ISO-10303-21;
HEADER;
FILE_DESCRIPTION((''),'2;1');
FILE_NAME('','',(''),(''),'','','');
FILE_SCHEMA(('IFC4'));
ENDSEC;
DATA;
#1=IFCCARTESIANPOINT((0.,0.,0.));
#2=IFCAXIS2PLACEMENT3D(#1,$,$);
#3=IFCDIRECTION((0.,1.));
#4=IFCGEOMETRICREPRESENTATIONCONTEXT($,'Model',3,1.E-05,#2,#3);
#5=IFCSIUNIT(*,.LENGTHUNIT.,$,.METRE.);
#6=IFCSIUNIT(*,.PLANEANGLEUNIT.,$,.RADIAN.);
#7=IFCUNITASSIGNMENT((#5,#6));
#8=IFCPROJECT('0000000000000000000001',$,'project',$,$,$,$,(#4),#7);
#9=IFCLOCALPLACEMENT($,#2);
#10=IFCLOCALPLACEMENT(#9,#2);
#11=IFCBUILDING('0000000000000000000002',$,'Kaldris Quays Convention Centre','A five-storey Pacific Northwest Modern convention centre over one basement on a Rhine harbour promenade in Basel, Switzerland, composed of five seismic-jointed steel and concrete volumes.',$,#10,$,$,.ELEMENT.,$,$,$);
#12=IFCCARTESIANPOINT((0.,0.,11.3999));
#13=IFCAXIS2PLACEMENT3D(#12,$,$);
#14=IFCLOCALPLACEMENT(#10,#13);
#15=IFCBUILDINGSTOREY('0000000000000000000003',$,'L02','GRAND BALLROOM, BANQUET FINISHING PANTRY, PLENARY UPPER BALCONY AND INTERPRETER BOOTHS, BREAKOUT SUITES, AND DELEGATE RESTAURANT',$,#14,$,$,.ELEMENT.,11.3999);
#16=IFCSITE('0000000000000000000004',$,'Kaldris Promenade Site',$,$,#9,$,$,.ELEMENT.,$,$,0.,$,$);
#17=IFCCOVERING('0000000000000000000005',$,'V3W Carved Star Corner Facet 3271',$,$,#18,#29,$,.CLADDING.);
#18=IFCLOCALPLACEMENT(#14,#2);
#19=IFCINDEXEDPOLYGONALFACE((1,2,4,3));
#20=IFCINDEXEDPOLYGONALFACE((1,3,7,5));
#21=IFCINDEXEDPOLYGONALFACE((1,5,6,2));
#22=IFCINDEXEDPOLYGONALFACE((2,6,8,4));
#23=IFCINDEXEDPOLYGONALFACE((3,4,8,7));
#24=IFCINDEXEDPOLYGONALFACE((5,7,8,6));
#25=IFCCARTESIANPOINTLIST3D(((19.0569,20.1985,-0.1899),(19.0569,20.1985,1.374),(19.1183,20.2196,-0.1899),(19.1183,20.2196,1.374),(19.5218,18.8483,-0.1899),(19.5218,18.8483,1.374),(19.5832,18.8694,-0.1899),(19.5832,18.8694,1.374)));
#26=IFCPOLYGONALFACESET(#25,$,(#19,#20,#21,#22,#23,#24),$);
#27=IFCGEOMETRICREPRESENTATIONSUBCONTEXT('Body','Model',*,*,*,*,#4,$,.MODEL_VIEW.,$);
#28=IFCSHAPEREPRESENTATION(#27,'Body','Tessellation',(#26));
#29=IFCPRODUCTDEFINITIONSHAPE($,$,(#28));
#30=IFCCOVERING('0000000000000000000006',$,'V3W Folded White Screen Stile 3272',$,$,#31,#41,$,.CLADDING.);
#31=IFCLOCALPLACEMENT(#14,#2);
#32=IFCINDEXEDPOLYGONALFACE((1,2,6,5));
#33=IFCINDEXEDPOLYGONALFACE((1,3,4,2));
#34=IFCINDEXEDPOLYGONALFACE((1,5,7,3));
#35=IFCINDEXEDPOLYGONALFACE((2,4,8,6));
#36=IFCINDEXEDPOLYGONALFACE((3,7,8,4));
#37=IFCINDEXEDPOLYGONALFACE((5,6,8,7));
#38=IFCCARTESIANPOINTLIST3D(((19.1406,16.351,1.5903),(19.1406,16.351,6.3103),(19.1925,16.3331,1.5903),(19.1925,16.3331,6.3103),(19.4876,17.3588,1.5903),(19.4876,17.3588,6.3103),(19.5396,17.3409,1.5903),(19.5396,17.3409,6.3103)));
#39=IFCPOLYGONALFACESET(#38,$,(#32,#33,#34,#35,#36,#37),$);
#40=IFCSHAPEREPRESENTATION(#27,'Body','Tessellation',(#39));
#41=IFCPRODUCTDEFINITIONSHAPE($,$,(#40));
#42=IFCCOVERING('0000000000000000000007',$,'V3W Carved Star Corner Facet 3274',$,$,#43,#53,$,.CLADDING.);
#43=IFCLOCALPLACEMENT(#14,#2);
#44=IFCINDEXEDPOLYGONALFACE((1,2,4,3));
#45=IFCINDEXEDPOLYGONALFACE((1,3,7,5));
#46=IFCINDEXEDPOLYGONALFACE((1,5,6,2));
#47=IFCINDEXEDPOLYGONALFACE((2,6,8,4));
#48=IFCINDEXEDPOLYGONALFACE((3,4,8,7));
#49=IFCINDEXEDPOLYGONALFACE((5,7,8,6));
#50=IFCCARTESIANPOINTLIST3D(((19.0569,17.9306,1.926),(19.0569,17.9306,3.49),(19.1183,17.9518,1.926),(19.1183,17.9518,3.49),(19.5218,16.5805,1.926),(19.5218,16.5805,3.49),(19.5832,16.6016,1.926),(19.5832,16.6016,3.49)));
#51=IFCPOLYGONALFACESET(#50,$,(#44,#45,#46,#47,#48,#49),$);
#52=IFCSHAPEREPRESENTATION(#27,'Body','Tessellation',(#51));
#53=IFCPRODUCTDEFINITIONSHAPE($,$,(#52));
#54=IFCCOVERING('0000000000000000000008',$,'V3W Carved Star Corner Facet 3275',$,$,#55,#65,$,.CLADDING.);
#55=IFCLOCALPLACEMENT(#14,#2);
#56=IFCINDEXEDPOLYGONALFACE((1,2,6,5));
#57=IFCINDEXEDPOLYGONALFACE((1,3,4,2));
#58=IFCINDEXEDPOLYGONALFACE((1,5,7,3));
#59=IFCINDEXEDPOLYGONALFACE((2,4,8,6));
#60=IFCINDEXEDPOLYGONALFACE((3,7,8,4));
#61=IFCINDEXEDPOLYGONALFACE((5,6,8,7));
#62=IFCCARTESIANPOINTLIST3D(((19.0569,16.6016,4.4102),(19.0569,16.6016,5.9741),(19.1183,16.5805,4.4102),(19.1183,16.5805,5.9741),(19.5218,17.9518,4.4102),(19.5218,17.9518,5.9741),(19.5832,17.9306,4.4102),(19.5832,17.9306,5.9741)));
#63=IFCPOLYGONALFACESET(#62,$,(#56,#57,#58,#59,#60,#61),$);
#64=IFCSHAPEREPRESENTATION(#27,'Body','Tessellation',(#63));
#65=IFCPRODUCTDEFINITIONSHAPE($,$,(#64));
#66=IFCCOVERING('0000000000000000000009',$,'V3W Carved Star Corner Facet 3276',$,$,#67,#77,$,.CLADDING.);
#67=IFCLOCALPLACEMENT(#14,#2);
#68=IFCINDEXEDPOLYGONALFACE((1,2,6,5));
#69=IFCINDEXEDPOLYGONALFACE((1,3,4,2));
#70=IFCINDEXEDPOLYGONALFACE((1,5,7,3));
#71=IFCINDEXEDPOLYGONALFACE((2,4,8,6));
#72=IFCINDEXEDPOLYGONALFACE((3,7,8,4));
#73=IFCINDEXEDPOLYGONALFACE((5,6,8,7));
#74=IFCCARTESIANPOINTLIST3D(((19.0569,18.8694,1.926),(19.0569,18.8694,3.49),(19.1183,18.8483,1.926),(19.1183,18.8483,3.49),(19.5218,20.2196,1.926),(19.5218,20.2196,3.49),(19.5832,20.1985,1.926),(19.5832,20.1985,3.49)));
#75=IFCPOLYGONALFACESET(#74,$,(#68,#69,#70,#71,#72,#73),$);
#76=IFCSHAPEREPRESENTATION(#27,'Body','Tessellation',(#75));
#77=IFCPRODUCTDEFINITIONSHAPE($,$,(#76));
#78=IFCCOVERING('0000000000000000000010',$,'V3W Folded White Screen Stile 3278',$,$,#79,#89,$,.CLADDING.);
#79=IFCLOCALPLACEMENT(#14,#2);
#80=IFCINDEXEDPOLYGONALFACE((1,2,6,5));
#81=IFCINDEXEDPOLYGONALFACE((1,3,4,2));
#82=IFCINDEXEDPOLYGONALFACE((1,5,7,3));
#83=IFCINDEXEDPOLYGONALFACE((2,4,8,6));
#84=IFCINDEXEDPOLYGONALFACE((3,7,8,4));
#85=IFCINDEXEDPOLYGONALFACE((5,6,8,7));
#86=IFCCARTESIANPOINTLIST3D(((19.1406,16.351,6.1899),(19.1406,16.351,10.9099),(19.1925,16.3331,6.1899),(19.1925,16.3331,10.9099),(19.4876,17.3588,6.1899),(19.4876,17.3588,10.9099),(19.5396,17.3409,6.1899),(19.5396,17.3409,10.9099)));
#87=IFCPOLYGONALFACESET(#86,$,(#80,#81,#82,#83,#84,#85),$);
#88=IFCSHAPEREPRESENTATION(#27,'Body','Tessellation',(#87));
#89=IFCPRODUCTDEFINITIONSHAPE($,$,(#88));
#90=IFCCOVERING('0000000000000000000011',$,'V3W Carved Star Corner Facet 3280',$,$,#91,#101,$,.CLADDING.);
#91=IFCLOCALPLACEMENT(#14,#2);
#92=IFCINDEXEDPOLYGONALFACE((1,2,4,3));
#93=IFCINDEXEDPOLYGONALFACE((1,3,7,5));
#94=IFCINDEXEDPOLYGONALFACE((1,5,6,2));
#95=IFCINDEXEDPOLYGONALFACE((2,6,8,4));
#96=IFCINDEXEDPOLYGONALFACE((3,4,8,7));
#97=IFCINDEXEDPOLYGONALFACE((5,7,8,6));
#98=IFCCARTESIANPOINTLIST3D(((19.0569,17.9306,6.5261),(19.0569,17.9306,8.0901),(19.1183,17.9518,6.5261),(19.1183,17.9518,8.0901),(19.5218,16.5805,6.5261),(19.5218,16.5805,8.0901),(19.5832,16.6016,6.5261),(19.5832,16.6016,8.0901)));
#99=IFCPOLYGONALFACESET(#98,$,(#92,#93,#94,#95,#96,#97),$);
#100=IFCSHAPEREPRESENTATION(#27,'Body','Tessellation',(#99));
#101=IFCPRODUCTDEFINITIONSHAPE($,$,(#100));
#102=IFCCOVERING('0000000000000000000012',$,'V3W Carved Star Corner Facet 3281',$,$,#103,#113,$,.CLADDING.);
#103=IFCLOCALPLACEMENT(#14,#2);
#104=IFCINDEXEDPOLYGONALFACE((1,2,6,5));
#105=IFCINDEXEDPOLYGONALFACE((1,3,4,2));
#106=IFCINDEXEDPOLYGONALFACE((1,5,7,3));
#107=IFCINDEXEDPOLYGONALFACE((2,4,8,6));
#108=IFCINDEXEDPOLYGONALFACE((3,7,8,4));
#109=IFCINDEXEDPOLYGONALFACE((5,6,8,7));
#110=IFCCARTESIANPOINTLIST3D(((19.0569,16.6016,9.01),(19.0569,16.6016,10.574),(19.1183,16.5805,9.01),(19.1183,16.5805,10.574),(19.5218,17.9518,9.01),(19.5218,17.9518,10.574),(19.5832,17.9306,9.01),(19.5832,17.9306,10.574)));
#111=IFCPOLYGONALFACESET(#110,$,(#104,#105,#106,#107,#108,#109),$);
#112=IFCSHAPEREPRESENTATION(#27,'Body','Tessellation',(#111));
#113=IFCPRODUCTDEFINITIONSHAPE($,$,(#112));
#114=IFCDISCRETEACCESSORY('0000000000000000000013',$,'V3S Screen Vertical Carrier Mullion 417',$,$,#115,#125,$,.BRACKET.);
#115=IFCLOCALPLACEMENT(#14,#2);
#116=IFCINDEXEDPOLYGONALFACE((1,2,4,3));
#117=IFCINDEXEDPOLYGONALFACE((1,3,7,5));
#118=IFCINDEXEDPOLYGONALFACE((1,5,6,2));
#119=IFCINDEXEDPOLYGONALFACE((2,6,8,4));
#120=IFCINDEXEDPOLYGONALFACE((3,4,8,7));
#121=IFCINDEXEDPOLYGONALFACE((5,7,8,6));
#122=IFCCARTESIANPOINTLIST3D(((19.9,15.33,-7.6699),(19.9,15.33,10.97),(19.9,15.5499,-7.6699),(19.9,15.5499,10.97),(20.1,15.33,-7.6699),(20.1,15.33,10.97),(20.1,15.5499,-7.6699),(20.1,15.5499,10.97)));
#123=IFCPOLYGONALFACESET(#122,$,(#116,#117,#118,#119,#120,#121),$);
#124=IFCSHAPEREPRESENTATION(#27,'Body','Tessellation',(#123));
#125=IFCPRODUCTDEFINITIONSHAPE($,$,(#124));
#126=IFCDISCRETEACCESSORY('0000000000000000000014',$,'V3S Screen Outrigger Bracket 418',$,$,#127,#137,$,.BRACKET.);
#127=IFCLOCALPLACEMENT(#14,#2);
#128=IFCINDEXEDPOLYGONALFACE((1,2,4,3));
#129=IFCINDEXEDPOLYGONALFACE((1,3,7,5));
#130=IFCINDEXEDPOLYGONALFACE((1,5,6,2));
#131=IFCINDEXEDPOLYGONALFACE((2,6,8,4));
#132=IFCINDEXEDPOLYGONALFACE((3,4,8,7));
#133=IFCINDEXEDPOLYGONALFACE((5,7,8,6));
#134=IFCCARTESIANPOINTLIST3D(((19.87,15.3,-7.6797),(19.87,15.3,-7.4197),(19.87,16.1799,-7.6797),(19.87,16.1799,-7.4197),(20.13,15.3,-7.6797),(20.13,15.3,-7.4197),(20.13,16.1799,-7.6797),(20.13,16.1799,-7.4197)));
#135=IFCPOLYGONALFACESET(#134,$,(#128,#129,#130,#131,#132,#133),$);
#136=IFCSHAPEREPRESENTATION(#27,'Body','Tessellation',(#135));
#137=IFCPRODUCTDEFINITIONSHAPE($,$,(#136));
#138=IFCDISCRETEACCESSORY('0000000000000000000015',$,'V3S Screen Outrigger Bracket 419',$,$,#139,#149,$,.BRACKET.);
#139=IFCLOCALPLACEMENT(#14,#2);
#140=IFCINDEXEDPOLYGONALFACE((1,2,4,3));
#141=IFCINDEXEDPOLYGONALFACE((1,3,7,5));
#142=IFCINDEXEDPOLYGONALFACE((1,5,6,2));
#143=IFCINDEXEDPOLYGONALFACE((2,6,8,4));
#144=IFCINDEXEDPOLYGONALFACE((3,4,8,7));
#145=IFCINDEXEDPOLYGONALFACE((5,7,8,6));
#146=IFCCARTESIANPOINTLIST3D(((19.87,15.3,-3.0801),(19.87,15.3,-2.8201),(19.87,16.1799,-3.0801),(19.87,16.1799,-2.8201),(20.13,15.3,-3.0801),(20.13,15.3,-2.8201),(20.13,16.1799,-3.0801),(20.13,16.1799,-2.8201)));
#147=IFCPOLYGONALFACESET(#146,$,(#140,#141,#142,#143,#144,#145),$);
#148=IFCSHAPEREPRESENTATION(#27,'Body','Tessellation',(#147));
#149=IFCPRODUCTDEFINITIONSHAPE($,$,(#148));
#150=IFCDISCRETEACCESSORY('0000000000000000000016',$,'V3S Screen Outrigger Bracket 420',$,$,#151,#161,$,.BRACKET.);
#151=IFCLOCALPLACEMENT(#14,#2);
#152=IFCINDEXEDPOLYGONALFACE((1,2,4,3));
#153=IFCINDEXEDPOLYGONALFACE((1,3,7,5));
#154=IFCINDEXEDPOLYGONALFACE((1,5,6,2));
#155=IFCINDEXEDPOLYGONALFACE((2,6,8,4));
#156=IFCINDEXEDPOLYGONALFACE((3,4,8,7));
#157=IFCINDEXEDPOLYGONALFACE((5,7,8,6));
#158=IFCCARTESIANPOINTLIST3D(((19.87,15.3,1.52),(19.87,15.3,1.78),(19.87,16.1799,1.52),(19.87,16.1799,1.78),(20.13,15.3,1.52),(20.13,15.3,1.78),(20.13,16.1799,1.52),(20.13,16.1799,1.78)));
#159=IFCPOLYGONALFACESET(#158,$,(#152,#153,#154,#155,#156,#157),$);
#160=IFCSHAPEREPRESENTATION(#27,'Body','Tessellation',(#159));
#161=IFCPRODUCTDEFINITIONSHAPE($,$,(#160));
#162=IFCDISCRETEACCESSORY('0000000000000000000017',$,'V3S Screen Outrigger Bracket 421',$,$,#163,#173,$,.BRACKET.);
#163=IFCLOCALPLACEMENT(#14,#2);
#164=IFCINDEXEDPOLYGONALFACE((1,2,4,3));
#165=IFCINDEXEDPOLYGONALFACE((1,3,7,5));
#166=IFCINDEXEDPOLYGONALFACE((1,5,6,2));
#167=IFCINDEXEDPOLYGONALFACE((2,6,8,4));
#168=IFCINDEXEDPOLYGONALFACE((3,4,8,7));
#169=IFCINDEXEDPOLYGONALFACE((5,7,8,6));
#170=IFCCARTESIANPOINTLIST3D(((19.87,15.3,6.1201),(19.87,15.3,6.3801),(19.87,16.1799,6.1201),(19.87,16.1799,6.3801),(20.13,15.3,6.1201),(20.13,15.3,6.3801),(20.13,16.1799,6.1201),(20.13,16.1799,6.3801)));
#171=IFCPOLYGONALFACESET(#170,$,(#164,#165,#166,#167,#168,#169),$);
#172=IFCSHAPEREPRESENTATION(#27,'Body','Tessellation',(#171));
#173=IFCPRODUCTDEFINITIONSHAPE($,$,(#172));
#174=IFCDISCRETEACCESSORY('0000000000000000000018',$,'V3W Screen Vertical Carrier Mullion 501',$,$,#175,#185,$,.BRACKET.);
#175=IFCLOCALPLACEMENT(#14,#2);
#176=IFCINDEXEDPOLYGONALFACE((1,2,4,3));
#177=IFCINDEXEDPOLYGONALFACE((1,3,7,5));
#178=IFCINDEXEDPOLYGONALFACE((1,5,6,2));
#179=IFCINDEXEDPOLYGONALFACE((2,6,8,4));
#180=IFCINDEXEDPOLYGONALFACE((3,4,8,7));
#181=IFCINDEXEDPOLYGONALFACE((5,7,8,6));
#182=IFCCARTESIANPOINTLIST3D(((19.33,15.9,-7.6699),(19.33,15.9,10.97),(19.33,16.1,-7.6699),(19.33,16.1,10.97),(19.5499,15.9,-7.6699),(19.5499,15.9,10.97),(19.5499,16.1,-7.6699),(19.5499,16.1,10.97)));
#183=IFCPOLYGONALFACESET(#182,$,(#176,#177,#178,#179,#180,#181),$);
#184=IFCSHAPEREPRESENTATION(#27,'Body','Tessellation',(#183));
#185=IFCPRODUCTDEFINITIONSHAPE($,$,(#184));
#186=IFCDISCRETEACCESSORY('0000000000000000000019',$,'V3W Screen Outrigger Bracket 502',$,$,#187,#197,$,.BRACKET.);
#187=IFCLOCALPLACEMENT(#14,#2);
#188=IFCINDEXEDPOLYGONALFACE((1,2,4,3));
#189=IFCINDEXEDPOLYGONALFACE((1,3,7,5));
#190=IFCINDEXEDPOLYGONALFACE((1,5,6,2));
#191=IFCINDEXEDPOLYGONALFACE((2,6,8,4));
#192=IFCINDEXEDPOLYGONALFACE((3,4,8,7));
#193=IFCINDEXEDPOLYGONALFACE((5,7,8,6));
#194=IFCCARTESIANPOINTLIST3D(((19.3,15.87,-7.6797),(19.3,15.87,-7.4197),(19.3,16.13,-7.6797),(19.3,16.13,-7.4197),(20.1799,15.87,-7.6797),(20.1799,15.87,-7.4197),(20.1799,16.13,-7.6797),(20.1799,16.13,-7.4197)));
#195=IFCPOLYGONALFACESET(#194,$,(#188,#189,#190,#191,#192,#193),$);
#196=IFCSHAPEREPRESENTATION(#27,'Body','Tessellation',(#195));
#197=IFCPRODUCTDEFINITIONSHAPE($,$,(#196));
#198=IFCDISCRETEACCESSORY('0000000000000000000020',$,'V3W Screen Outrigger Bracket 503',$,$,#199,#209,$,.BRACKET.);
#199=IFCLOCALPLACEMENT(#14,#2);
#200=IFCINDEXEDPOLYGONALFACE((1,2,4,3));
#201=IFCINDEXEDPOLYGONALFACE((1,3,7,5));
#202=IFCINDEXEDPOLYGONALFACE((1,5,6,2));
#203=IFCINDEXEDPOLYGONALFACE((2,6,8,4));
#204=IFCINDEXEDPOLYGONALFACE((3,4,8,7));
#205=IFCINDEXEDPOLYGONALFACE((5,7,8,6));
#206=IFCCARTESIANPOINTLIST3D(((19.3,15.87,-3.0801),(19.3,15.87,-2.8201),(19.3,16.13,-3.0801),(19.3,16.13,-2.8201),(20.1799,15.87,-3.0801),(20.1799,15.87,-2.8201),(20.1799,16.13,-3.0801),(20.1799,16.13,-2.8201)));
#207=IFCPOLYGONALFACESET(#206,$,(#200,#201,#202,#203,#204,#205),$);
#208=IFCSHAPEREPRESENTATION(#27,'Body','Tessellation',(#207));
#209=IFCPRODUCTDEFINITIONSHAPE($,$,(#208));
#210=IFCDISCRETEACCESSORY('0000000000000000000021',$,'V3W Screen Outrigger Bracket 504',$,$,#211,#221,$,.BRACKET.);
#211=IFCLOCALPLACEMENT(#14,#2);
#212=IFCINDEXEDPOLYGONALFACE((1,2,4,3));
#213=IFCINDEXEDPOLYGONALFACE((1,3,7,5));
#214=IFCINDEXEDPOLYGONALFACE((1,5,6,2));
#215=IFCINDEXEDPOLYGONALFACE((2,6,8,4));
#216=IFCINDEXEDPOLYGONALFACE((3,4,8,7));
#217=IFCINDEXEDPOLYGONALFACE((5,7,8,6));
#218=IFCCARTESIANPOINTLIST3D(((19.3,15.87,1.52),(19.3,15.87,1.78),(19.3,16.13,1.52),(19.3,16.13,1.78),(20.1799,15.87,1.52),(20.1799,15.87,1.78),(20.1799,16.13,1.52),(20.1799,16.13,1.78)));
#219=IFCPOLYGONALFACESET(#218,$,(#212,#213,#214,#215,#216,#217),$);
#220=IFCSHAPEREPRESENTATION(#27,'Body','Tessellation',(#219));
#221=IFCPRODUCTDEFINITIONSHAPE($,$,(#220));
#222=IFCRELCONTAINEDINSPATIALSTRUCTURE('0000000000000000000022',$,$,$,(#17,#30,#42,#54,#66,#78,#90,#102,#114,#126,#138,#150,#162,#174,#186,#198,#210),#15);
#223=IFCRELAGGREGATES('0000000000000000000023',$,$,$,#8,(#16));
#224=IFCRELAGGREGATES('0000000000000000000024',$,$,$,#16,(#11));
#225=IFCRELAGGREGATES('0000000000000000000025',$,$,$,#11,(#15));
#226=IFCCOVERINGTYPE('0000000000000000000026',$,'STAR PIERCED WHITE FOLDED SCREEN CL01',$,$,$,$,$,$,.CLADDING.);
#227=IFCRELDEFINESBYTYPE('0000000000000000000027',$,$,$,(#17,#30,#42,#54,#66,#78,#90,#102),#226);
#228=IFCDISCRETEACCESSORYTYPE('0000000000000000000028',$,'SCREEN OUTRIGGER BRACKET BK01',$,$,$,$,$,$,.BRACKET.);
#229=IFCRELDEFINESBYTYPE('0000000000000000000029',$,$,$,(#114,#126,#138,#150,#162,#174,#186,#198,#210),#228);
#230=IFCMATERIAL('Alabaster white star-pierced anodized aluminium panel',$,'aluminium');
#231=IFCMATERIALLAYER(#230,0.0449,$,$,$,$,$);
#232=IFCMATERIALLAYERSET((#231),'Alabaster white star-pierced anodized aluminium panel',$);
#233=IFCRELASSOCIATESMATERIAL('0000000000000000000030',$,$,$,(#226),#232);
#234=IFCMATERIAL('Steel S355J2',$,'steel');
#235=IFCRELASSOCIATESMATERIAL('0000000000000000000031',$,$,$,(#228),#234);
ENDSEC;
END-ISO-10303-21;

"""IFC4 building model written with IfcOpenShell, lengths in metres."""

from ifc_helpers import new_model, si_unit, direction, frame, origin, origin_2d, place, context, subcontext, project, spatial, rectangle, extrude, material, layer, layer_set, type_object, element, save


model = new_model("IFC4")

# Units and contexts
model_context = context("Model", 3, precision=1e-05, world=origin(), true_north=direction((0.0, 1.0)))
body_context = subcontext(model_context, "Body", "Model", "MODEL_VIEW")
ifc_project = project(units=[si_unit("LENGTHUNIT", "METRE"), si_unit("PLANEANGLEUNIT", "RADIAN")], contexts=[model_context])

# Site, building, storey
site_placement = place(None, origin())
site = spatial("IfcSite", under=ifc_project, at=site_placement, Name="Kaldris Promenade Site", CompositionType="ELEMENT", RefElevation=0.0)
building_placement = place(site_placement, origin())
building = spatial("IfcBuilding", under=site, at=building_placement, Name="Kaldris Quays Convention Centre", Description="A five-storey Pacific Northwest Modern convention centre over one basement on a Rhine harbour promenade in Basel, Switzerland, composed of five seismic-jointed steel and concrete volumes.", CompositionType="ELEMENT")
storey_placement = place(building_placement, frame((0.0, 0.0, 11.3999)))
storey = spatial("IfcBuildingStorey", under=building, at=storey_placement, Name="L02", Description="GRAND BALLROOM, BANQUET FINISHING PANTRY, PLENARY UPPER BALCONY AND INTERPRETER BOOTHS, BREAKOUT SUITES, AND DELEGATE RESTAURANT", CompositionType="ELEMENT", Elevation=11.3999)

# Coverings
ifc_material_1 = material(Name="Alabaster white star-pierced anodized aluminium panel", Category="aluminium")
ifc_layer_1 = layer(ifc_material_1, 0.0449)
ifc_layer_set_1 = layer_set([ifc_layer_1], Name="Alabaster white star-pierced anodized aluminium panel")
covering_type_1 = type_object("IfcCoveringType", Name="STAR PIERCED WHITE FOLDED SCREEN CL01", PredefinedType="CLADDING", material=ifc_layer_set_1)
for number, where, z_axis, x_axis, name in (
    (1, (19.3201, 19.5339, -0.1899), (0.0, 0.0, 1.0), (-0.325568, 0.945519, 0.0), "V3W Carved Star Corner Facet 3271"),
):
    element("IfcCovering", number, at=place(storey_placement, frame(where, z_axis=z_axis, x_axis=x_axis)), inside=storey, type_object=covering_type_1, Name=name, PredefinedType="CLADDING", context=body_context, shape_type="SweptSolid", body=[
        extrude(rectangle(XDim=1.428, YDim=0.0649, at=origin_2d()), origin(), (0.0, 0.0, 1.0), 1.564),
    ])
covering_1_placement = place(storey_placement, frame((19.3401, 16.8459, 1.5903), z_axis=(0.0, 0.0, 1.0), x_axis=(0.325568, 0.945519, 0.0)))
element("IfcCovering", 2, at=covering_1_placement, inside=storey, type_object=covering_type_1, Name="V3W Folded White Screen Stile 3272", PredefinedType="CLADDING", context=body_context, shape_type="SweptSolid", body=[
    extrude(rectangle(XDim=1.0659, YDim=0.0549, at=origin_2d()), origin(), (0.0, 0.0, 1.0), 4.72),
])
for number, where, z_axis, x_axis, name in (
    (3, (19.3201, 17.2661, 1.926), (0.0, 0.0, 1.0), (-0.325568, 0.945519, 0.0), "V3W Carved Star Corner Facet 3274"),
    (4, (19.3201, 17.2661, 4.4102), (0.0, 0.0, 1.0), (0.325568, 0.945519, 0.0), "V3W Carved Star Corner Facet 3275"),
    (5, (19.3201, 19.5339, 1.926), (0.0, 0.0, 1.0), (0.325568, 0.945519, 0.0), "V3W Carved Star Corner Facet 3276"),
):
    element("IfcCovering", number, at=place(storey_placement, frame(where, z_axis=z_axis, x_axis=x_axis)), inside=storey, type_object=covering_type_1, Name=name, PredefinedType="CLADDING", context=body_context, shape_type="SweptSolid", body=[
        extrude(rectangle(XDim=1.428, YDim=0.0649, at=origin_2d()), origin(), (0.0, 0.0, 1.0), 1.564),
    ])
covering_2_placement = place(storey_placement, frame((19.3401, 16.8459, 6.1899), z_axis=(0.0, 0.0, 1.0), x_axis=(0.325568, 0.945519, 0.0)))
element("IfcCovering", 6, at=covering_2_placement, inside=storey, type_object=covering_type_1, Name="V3W Folded White Screen Stile 3278", PredefinedType="CLADDING", context=body_context, shape_type="SweptSolid", body=[
    extrude(rectangle(XDim=1.0659, YDim=0.0549, at=origin_2d()), origin(), (0.0, 0.0, 1.0), 4.72),
])
for number, where, z_axis, x_axis, name in (
    (7, (19.3201, 17.2661, 6.5261), (0.0, 0.0, 1.0), (-0.325568, 0.945519, 0.0), "V3W Carved Star Corner Facet 3280"),
    (8, (19.3201, 17.2661, 9.01), (0.0, 0.0, 1.0), (0.325568, 0.945519, 0.0), "V3W Carved Star Corner Facet 3281"),
):
    element("IfcCovering", number, at=place(storey_placement, frame(where, z_axis=z_axis, x_axis=x_axis)), inside=storey, type_object=covering_type_1, Name=name, PredefinedType="CLADDING", context=body_context, shape_type="SweptSolid", body=[
        extrude(rectangle(XDim=1.428, YDim=0.0649, at=origin_2d()), origin(), (0.0, 0.0, 1.0), 1.564),
    ])

# Discrete accessories
ifc_material_2 = material(Name="Steel S355J2", Category="steel")
discrete_accessory_type = type_object("IfcDiscreteAccessoryType", Name="SCREEN OUTRIGGER BRACKET BK01", PredefinedType="BRACKET", material=ifc_material_2)
discrete_accessory_1_placement = place(storey_placement, frame((20.0, 15.4399, -7.6699), z_axis=(0.0, 0.0, 1.0), x_axis=(1.0, 0.0, 0.0)))
element("IfcDiscreteAccessory", 9, at=discrete_accessory_1_placement, inside=storey, type_object=discrete_accessory_type, Name="V3S Screen Vertical Carrier Mullion 417", PredefinedType="BRACKET", context=body_context, shape_type="SweptSolid", body=[
    extrude(rectangle(XDim=0.2, YDim=0.22, at=origin_2d()), origin(), (0.0, 0.0, 1.0), 18.6399),
])
for number, where, z_axis, x_axis, name in (
    (10, (20.0, 15.74, -7.6797), (0.0, 0.0, 1.0), (1.0, 0.0, 0.0), "V3S Screen Outrigger Bracket 418"),
    (11, (20.0, 15.74, -3.0801), (0.0, 0.0, 1.0), (1.0, 0.0, 0.0), "V3S Screen Outrigger Bracket 419"),
    (12, (20.0, 15.74, 1.52), (0.0, 0.0, 1.0), (1.0, 0.0, 0.0), "V3S Screen Outrigger Bracket 420"),
    (13, (20.0, 15.74, 6.1201), (0.0, 0.0, 1.0), (1.0, 0.0, 0.0), "V3S Screen Outrigger Bracket 421"),
):
    element("IfcDiscreteAccessory", number, at=place(storey_placement, frame(where, z_axis=z_axis, x_axis=x_axis)), inside=storey, type_object=discrete_accessory_type, Name=name, PredefinedType="BRACKET", context=body_context, shape_type="SweptSolid", body=[
        extrude(rectangle(XDim=0.26, YDim=0.8799, at=origin_2d()), origin(), (0.0, 0.0, 1.0), 0.26),
    ])
discrete_accessory_2_placement = place(storey_placement, frame((19.4399, 16.0, -7.6699), z_axis=(0.0, 0.0, 1.0), x_axis=(0.0, 1.0, 0.0)))
element("IfcDiscreteAccessory", 14, at=discrete_accessory_2_placement, inside=storey, type_object=discrete_accessory_type, Name="V3W Screen Vertical Carrier Mullion 501", PredefinedType="BRACKET", context=body_context, shape_type="SweptSolid", body=[
    extrude(rectangle(XDim=0.2, YDim=0.22, at=origin_2d()), origin(), (0.0, 0.0, 1.0), 18.6399),
])
for number, where, z_axis, x_axis, name in (
    (15, (19.74, 16.0, -7.6797), (0.0, 0.0, 1.0), (0.0, 1.0, 0.0), "V3W Screen Outrigger Bracket 502"),
    (16, (19.74, 16.0, -3.0801), (0.0, 0.0, 1.0), (0.0, 1.0, 0.0), "V3W Screen Outrigger Bracket 503"),
    (17, (19.74, 16.0, 1.52), (0.0, 0.0, 1.0), (0.0, 1.0, 0.0), "V3W Screen Outrigger Bracket 504"),
):
    element("IfcDiscreteAccessory", number, at=place(storey_placement, frame(where, z_axis=z_axis, x_axis=x_axis)), inside=storey, type_object=discrete_accessory_type, Name=name, PredefinedType="BRACKET", context=body_context, shape_type="SweptSolid", body=[
        extrude(rectangle(XDim=0.26, YDim=0.8799, at=origin_2d()), origin(), (0.0, 0.0, 1.0), 0.26),
    ])

save(model, "model.ifc")
